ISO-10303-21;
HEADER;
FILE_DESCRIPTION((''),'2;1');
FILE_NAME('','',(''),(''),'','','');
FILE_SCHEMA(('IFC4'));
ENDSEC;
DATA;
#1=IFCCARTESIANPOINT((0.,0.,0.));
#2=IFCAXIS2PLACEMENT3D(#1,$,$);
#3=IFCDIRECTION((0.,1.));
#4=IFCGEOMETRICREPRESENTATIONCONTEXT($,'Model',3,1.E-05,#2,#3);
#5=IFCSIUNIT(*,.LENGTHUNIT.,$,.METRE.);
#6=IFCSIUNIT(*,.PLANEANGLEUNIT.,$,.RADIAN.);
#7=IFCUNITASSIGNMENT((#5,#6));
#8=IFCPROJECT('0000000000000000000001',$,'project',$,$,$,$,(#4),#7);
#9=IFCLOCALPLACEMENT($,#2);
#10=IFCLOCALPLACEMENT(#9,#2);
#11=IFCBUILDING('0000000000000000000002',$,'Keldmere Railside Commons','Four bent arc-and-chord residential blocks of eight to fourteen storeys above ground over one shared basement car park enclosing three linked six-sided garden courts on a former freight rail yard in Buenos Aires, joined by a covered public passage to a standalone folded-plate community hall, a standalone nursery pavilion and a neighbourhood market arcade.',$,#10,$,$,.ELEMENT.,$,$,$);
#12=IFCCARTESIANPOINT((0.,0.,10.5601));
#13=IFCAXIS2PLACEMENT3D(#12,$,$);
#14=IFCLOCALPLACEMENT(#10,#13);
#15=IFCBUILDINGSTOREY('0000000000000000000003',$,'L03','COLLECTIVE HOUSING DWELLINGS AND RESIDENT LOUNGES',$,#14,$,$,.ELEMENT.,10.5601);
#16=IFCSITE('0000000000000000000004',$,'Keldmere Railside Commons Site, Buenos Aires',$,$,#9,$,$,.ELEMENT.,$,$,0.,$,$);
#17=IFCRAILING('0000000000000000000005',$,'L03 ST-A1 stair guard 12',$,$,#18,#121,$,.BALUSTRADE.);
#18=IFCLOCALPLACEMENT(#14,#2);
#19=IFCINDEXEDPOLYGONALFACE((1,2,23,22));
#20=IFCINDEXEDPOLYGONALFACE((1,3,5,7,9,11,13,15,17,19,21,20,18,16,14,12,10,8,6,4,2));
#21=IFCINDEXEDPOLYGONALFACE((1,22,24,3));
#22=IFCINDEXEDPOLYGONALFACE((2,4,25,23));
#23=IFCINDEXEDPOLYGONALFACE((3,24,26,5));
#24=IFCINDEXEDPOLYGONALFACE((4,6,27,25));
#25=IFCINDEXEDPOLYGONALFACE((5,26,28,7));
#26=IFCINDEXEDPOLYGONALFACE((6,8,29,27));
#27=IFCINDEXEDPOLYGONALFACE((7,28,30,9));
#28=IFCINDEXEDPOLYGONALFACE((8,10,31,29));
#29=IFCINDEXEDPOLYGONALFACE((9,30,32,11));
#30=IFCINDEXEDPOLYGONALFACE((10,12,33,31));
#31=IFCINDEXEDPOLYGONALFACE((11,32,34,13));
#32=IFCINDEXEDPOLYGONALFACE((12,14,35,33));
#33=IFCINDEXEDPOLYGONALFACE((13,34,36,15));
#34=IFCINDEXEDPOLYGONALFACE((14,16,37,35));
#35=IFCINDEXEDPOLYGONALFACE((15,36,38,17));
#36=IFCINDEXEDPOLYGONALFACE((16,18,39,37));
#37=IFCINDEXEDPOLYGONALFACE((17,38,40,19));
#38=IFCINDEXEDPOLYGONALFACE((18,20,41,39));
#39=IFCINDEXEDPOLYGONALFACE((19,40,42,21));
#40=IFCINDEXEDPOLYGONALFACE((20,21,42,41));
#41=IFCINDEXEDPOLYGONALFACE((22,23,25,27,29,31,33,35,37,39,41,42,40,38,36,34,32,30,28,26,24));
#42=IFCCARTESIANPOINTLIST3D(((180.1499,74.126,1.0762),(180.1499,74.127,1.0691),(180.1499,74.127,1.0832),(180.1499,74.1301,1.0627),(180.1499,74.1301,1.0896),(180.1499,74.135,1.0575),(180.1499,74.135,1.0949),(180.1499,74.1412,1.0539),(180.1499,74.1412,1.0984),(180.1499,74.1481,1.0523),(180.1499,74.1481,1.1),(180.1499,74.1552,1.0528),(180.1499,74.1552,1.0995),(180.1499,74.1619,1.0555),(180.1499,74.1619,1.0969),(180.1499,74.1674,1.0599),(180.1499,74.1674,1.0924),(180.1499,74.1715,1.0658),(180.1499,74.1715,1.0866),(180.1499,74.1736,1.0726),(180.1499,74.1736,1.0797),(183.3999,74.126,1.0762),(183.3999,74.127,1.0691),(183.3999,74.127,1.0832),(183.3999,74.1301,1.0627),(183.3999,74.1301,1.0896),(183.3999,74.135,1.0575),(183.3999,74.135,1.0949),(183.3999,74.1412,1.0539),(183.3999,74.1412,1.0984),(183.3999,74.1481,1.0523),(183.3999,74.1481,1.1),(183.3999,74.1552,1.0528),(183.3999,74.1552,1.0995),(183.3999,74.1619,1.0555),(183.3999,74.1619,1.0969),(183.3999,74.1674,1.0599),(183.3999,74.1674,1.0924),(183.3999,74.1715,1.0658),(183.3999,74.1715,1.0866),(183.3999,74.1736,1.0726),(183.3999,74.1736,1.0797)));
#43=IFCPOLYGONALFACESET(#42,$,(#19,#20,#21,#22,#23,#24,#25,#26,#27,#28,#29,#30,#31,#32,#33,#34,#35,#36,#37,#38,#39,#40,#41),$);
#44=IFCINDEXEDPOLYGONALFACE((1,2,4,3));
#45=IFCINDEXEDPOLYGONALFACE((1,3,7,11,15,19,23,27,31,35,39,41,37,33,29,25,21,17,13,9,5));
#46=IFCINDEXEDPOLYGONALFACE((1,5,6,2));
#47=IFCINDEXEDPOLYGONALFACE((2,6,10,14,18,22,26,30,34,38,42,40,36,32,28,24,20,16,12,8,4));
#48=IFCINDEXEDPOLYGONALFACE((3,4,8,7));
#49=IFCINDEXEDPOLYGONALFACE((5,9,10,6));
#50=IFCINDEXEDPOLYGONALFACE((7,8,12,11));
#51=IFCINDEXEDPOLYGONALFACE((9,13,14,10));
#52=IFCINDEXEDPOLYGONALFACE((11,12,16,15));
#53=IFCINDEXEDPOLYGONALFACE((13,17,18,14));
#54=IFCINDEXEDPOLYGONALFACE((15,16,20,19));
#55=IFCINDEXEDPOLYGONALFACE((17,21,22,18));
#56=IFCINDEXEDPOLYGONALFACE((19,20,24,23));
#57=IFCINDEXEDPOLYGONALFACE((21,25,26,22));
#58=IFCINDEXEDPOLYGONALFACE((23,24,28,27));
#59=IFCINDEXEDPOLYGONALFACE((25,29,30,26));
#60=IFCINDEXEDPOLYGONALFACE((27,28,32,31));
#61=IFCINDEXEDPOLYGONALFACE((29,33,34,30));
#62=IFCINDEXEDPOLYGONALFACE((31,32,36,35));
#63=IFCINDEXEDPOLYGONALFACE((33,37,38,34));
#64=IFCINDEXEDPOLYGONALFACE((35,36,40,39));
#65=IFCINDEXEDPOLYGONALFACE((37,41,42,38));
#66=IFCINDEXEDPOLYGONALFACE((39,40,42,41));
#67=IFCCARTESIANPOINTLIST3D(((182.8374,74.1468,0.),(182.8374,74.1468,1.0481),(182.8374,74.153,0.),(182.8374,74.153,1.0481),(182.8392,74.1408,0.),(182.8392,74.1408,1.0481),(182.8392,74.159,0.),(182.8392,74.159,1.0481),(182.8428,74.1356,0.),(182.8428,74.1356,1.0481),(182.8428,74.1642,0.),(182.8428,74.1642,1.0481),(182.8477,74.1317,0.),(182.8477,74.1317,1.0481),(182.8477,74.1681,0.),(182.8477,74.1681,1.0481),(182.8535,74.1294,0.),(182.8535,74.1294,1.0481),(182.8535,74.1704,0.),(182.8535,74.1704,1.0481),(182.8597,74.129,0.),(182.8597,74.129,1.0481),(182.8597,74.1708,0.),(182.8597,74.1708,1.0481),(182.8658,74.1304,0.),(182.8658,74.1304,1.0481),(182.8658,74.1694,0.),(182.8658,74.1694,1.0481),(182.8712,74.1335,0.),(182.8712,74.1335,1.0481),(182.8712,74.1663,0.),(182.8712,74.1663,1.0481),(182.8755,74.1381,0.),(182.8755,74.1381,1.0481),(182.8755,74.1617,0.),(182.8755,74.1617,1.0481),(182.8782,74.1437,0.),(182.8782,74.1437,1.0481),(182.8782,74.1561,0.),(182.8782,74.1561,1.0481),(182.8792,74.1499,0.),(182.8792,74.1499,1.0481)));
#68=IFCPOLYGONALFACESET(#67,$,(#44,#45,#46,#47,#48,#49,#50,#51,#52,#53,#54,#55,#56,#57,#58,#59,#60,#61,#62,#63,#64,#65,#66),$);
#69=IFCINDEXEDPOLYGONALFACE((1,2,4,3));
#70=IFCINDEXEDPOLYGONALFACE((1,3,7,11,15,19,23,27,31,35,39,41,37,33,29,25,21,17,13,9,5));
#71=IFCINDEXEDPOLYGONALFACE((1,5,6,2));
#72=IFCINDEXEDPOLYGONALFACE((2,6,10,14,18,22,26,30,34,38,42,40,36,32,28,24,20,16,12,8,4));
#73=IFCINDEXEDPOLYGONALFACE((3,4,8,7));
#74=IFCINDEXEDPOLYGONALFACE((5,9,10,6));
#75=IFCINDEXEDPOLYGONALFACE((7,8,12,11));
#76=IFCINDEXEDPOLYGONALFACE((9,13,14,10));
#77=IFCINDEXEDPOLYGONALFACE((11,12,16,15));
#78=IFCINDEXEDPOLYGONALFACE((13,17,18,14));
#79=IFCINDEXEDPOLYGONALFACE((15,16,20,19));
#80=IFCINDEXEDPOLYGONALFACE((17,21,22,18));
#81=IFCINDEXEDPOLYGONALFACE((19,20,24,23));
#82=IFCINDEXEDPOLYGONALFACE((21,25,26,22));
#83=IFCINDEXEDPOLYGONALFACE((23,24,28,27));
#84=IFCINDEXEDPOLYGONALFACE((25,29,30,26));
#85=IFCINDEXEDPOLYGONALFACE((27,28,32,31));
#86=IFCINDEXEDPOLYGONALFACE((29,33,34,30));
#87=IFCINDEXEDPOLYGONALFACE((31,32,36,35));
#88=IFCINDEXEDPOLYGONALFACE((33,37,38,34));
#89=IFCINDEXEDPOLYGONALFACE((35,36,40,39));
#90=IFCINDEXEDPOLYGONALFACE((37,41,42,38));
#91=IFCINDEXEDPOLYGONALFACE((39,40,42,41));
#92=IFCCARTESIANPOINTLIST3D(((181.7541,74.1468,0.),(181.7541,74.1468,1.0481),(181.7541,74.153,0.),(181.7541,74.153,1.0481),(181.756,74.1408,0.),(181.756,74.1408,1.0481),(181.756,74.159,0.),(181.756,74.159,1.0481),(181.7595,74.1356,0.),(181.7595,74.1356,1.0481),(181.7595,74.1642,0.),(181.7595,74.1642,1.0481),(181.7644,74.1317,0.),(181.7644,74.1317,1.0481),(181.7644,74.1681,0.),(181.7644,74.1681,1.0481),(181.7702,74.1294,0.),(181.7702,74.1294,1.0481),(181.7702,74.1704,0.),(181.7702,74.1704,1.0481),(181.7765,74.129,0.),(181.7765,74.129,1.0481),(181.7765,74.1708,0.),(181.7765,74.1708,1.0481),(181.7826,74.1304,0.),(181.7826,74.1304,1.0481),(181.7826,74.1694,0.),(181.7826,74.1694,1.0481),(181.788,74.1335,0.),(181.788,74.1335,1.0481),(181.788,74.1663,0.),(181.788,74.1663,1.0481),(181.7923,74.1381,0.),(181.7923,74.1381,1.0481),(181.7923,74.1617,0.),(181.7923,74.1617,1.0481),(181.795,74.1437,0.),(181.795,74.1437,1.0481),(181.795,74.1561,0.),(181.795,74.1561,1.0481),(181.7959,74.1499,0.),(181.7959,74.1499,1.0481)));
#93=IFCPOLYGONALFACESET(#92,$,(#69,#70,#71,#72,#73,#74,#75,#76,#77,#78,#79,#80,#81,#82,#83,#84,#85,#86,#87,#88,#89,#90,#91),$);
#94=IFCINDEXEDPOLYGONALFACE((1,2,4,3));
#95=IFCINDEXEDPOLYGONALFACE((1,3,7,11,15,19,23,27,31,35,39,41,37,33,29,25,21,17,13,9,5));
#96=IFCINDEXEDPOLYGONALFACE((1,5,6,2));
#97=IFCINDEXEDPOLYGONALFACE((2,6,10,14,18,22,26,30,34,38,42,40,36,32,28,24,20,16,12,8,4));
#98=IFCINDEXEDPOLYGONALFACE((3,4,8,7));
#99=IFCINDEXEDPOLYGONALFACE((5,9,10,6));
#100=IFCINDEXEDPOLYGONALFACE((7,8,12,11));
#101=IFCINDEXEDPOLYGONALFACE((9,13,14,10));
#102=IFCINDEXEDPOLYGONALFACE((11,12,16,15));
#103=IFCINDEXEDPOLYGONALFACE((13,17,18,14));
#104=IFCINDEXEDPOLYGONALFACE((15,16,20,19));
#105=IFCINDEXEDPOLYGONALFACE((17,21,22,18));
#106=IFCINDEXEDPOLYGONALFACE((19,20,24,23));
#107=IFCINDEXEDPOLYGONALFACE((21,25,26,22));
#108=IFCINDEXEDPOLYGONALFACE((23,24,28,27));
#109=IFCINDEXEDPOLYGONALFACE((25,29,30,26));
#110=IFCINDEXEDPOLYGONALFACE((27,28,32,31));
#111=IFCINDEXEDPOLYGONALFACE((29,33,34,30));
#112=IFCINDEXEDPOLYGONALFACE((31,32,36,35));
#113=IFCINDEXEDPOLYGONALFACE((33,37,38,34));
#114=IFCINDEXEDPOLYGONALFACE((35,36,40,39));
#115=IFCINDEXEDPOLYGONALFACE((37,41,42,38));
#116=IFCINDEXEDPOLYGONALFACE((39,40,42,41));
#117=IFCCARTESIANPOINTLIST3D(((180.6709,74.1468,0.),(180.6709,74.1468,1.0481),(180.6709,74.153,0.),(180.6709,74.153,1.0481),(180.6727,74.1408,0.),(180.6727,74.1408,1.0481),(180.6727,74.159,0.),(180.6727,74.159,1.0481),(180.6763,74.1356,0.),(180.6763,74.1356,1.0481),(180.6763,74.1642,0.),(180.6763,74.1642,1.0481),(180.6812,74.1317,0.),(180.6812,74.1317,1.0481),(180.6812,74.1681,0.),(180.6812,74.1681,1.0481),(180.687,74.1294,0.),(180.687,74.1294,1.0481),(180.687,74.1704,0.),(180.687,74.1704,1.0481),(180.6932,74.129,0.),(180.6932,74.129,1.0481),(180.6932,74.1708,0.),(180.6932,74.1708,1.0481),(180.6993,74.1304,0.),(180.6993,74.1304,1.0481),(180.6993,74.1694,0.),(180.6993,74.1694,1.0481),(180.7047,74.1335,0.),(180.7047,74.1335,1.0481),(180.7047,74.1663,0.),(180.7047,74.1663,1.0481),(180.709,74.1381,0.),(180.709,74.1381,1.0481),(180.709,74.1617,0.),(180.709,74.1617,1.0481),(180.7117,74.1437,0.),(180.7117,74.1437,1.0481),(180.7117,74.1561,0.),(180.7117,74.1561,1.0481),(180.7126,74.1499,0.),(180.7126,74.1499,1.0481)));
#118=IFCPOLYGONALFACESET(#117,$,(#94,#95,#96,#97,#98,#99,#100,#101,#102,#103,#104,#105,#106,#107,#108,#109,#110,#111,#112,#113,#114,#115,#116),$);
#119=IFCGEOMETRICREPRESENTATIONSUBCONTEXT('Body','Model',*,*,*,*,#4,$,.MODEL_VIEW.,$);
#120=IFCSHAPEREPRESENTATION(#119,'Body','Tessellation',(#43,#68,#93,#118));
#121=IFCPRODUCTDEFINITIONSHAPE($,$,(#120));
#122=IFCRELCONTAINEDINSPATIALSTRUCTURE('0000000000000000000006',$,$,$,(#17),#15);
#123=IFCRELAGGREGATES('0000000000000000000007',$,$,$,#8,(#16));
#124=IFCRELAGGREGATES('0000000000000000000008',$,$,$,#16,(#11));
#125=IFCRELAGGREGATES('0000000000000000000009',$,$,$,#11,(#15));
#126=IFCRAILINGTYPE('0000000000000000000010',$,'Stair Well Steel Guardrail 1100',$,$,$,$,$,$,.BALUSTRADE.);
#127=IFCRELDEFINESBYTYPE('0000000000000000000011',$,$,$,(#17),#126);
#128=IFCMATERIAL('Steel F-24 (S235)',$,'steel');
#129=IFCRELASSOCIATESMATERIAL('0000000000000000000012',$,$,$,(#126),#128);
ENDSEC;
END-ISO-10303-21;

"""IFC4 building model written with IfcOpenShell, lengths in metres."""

from ifc_helpers import new_model, si_unit, direction, frame, origin, origin_2d, place, context, subcontext, project, spatial, circle, extrude, material, type_object, element, save


model = new_model("IFC4")

# Units and contexts
model_context = context("Model", 3, precision=1e-05, world=origin(), true_north=direction((0.0, 1.0)))
body_context = subcontext(model_context, "Body", "Model", "MODEL_VIEW")
ifc_project = project(units=[si_unit("LENGTHUNIT", "METRE"), si_unit("PLANEANGLEUNIT", "RADIAN")], contexts=[model_context])

# Site, building, storey
site_placement = place(None, origin())
site = spatial("IfcSite", under=ifc_project, at=site_placement, Name="Keldmere Railside Commons Site, Buenos Aires", CompositionType="ELEMENT", RefElevation=0.0)
building_placement = place(site_placement, origin())
building = spatial("IfcBuilding", under=site, at=building_placement, Name="Keldmere Railside Commons", Description="Four bent arc-and-chord residential blocks of eight to fourteen storeys above ground over one shared basement car park enclosing three linked six-sided garden courts on a former freight rail yard in Buenos Aires, joined by a covered public passage to a standalone folded-plate community hall, a standalone nursery pavilion and a neighbourhood market arcade.", CompositionType="ELEMENT")
storey_placement = place(building_placement, frame((0.0, 0.0, 10.5601)))
storey = spatial("IfcBuildingStorey", under=building, at=storey_placement, Name="L03", Description="COLLECTIVE HOUSING DWELLINGS AND RESIDENT LOUNGES", CompositionType="ELEMENT", Elevation=10.5601)

# Shared definitions
ifc_material_1 = material(Name="Steel F-24 (S235)", Category="steel")

# Railing
railing_type_1 = type_object("IfcRailingType", Name="Stair Well Steel Guardrail 1100", PredefinedType="BALUSTRADE", material=ifc_material_1)
railing_1_placement = place(storey_placement, frame((183.3999, 74.1499, 0.0)))
element("IfcRailing", 1, at=railing_1_placement, inside=storey, type_object=railing_type_1, Name="L03 ST-A1 stair guard 12", PredefinedType="BALUSTRADE", context=body_context, shape_type="SweptSolid", body=[
    extrude(circle(Radius=0.0239, at=origin_2d()), frame((0.0, 0.0, 1.0762), z_axis=(-1.0, 0.0, 0.0), x_axis=(0.0, -1.0, 0.0)), (0.0, 0.0, 1.0), 3.25),
    extrude(circle(Radius=0.021, at=origin_2d()), frame((-0.5417, 0.0, 0.0)), (0.0, 0.0, 1.0), 1.0481),
    extrude(circle(Radius=0.021, at=origin_2d()), frame((-1.625, 0.0, 0.0)), (0.0, 0.0, 1.0), 1.0481),
    extrude(circle(Radius=0.021, at=origin_2d()), frame((-2.7083, 0.0, 0.0)), (0.0, 0.0, 1.0), 1.0481),
])

save(model, "model.ifc")
